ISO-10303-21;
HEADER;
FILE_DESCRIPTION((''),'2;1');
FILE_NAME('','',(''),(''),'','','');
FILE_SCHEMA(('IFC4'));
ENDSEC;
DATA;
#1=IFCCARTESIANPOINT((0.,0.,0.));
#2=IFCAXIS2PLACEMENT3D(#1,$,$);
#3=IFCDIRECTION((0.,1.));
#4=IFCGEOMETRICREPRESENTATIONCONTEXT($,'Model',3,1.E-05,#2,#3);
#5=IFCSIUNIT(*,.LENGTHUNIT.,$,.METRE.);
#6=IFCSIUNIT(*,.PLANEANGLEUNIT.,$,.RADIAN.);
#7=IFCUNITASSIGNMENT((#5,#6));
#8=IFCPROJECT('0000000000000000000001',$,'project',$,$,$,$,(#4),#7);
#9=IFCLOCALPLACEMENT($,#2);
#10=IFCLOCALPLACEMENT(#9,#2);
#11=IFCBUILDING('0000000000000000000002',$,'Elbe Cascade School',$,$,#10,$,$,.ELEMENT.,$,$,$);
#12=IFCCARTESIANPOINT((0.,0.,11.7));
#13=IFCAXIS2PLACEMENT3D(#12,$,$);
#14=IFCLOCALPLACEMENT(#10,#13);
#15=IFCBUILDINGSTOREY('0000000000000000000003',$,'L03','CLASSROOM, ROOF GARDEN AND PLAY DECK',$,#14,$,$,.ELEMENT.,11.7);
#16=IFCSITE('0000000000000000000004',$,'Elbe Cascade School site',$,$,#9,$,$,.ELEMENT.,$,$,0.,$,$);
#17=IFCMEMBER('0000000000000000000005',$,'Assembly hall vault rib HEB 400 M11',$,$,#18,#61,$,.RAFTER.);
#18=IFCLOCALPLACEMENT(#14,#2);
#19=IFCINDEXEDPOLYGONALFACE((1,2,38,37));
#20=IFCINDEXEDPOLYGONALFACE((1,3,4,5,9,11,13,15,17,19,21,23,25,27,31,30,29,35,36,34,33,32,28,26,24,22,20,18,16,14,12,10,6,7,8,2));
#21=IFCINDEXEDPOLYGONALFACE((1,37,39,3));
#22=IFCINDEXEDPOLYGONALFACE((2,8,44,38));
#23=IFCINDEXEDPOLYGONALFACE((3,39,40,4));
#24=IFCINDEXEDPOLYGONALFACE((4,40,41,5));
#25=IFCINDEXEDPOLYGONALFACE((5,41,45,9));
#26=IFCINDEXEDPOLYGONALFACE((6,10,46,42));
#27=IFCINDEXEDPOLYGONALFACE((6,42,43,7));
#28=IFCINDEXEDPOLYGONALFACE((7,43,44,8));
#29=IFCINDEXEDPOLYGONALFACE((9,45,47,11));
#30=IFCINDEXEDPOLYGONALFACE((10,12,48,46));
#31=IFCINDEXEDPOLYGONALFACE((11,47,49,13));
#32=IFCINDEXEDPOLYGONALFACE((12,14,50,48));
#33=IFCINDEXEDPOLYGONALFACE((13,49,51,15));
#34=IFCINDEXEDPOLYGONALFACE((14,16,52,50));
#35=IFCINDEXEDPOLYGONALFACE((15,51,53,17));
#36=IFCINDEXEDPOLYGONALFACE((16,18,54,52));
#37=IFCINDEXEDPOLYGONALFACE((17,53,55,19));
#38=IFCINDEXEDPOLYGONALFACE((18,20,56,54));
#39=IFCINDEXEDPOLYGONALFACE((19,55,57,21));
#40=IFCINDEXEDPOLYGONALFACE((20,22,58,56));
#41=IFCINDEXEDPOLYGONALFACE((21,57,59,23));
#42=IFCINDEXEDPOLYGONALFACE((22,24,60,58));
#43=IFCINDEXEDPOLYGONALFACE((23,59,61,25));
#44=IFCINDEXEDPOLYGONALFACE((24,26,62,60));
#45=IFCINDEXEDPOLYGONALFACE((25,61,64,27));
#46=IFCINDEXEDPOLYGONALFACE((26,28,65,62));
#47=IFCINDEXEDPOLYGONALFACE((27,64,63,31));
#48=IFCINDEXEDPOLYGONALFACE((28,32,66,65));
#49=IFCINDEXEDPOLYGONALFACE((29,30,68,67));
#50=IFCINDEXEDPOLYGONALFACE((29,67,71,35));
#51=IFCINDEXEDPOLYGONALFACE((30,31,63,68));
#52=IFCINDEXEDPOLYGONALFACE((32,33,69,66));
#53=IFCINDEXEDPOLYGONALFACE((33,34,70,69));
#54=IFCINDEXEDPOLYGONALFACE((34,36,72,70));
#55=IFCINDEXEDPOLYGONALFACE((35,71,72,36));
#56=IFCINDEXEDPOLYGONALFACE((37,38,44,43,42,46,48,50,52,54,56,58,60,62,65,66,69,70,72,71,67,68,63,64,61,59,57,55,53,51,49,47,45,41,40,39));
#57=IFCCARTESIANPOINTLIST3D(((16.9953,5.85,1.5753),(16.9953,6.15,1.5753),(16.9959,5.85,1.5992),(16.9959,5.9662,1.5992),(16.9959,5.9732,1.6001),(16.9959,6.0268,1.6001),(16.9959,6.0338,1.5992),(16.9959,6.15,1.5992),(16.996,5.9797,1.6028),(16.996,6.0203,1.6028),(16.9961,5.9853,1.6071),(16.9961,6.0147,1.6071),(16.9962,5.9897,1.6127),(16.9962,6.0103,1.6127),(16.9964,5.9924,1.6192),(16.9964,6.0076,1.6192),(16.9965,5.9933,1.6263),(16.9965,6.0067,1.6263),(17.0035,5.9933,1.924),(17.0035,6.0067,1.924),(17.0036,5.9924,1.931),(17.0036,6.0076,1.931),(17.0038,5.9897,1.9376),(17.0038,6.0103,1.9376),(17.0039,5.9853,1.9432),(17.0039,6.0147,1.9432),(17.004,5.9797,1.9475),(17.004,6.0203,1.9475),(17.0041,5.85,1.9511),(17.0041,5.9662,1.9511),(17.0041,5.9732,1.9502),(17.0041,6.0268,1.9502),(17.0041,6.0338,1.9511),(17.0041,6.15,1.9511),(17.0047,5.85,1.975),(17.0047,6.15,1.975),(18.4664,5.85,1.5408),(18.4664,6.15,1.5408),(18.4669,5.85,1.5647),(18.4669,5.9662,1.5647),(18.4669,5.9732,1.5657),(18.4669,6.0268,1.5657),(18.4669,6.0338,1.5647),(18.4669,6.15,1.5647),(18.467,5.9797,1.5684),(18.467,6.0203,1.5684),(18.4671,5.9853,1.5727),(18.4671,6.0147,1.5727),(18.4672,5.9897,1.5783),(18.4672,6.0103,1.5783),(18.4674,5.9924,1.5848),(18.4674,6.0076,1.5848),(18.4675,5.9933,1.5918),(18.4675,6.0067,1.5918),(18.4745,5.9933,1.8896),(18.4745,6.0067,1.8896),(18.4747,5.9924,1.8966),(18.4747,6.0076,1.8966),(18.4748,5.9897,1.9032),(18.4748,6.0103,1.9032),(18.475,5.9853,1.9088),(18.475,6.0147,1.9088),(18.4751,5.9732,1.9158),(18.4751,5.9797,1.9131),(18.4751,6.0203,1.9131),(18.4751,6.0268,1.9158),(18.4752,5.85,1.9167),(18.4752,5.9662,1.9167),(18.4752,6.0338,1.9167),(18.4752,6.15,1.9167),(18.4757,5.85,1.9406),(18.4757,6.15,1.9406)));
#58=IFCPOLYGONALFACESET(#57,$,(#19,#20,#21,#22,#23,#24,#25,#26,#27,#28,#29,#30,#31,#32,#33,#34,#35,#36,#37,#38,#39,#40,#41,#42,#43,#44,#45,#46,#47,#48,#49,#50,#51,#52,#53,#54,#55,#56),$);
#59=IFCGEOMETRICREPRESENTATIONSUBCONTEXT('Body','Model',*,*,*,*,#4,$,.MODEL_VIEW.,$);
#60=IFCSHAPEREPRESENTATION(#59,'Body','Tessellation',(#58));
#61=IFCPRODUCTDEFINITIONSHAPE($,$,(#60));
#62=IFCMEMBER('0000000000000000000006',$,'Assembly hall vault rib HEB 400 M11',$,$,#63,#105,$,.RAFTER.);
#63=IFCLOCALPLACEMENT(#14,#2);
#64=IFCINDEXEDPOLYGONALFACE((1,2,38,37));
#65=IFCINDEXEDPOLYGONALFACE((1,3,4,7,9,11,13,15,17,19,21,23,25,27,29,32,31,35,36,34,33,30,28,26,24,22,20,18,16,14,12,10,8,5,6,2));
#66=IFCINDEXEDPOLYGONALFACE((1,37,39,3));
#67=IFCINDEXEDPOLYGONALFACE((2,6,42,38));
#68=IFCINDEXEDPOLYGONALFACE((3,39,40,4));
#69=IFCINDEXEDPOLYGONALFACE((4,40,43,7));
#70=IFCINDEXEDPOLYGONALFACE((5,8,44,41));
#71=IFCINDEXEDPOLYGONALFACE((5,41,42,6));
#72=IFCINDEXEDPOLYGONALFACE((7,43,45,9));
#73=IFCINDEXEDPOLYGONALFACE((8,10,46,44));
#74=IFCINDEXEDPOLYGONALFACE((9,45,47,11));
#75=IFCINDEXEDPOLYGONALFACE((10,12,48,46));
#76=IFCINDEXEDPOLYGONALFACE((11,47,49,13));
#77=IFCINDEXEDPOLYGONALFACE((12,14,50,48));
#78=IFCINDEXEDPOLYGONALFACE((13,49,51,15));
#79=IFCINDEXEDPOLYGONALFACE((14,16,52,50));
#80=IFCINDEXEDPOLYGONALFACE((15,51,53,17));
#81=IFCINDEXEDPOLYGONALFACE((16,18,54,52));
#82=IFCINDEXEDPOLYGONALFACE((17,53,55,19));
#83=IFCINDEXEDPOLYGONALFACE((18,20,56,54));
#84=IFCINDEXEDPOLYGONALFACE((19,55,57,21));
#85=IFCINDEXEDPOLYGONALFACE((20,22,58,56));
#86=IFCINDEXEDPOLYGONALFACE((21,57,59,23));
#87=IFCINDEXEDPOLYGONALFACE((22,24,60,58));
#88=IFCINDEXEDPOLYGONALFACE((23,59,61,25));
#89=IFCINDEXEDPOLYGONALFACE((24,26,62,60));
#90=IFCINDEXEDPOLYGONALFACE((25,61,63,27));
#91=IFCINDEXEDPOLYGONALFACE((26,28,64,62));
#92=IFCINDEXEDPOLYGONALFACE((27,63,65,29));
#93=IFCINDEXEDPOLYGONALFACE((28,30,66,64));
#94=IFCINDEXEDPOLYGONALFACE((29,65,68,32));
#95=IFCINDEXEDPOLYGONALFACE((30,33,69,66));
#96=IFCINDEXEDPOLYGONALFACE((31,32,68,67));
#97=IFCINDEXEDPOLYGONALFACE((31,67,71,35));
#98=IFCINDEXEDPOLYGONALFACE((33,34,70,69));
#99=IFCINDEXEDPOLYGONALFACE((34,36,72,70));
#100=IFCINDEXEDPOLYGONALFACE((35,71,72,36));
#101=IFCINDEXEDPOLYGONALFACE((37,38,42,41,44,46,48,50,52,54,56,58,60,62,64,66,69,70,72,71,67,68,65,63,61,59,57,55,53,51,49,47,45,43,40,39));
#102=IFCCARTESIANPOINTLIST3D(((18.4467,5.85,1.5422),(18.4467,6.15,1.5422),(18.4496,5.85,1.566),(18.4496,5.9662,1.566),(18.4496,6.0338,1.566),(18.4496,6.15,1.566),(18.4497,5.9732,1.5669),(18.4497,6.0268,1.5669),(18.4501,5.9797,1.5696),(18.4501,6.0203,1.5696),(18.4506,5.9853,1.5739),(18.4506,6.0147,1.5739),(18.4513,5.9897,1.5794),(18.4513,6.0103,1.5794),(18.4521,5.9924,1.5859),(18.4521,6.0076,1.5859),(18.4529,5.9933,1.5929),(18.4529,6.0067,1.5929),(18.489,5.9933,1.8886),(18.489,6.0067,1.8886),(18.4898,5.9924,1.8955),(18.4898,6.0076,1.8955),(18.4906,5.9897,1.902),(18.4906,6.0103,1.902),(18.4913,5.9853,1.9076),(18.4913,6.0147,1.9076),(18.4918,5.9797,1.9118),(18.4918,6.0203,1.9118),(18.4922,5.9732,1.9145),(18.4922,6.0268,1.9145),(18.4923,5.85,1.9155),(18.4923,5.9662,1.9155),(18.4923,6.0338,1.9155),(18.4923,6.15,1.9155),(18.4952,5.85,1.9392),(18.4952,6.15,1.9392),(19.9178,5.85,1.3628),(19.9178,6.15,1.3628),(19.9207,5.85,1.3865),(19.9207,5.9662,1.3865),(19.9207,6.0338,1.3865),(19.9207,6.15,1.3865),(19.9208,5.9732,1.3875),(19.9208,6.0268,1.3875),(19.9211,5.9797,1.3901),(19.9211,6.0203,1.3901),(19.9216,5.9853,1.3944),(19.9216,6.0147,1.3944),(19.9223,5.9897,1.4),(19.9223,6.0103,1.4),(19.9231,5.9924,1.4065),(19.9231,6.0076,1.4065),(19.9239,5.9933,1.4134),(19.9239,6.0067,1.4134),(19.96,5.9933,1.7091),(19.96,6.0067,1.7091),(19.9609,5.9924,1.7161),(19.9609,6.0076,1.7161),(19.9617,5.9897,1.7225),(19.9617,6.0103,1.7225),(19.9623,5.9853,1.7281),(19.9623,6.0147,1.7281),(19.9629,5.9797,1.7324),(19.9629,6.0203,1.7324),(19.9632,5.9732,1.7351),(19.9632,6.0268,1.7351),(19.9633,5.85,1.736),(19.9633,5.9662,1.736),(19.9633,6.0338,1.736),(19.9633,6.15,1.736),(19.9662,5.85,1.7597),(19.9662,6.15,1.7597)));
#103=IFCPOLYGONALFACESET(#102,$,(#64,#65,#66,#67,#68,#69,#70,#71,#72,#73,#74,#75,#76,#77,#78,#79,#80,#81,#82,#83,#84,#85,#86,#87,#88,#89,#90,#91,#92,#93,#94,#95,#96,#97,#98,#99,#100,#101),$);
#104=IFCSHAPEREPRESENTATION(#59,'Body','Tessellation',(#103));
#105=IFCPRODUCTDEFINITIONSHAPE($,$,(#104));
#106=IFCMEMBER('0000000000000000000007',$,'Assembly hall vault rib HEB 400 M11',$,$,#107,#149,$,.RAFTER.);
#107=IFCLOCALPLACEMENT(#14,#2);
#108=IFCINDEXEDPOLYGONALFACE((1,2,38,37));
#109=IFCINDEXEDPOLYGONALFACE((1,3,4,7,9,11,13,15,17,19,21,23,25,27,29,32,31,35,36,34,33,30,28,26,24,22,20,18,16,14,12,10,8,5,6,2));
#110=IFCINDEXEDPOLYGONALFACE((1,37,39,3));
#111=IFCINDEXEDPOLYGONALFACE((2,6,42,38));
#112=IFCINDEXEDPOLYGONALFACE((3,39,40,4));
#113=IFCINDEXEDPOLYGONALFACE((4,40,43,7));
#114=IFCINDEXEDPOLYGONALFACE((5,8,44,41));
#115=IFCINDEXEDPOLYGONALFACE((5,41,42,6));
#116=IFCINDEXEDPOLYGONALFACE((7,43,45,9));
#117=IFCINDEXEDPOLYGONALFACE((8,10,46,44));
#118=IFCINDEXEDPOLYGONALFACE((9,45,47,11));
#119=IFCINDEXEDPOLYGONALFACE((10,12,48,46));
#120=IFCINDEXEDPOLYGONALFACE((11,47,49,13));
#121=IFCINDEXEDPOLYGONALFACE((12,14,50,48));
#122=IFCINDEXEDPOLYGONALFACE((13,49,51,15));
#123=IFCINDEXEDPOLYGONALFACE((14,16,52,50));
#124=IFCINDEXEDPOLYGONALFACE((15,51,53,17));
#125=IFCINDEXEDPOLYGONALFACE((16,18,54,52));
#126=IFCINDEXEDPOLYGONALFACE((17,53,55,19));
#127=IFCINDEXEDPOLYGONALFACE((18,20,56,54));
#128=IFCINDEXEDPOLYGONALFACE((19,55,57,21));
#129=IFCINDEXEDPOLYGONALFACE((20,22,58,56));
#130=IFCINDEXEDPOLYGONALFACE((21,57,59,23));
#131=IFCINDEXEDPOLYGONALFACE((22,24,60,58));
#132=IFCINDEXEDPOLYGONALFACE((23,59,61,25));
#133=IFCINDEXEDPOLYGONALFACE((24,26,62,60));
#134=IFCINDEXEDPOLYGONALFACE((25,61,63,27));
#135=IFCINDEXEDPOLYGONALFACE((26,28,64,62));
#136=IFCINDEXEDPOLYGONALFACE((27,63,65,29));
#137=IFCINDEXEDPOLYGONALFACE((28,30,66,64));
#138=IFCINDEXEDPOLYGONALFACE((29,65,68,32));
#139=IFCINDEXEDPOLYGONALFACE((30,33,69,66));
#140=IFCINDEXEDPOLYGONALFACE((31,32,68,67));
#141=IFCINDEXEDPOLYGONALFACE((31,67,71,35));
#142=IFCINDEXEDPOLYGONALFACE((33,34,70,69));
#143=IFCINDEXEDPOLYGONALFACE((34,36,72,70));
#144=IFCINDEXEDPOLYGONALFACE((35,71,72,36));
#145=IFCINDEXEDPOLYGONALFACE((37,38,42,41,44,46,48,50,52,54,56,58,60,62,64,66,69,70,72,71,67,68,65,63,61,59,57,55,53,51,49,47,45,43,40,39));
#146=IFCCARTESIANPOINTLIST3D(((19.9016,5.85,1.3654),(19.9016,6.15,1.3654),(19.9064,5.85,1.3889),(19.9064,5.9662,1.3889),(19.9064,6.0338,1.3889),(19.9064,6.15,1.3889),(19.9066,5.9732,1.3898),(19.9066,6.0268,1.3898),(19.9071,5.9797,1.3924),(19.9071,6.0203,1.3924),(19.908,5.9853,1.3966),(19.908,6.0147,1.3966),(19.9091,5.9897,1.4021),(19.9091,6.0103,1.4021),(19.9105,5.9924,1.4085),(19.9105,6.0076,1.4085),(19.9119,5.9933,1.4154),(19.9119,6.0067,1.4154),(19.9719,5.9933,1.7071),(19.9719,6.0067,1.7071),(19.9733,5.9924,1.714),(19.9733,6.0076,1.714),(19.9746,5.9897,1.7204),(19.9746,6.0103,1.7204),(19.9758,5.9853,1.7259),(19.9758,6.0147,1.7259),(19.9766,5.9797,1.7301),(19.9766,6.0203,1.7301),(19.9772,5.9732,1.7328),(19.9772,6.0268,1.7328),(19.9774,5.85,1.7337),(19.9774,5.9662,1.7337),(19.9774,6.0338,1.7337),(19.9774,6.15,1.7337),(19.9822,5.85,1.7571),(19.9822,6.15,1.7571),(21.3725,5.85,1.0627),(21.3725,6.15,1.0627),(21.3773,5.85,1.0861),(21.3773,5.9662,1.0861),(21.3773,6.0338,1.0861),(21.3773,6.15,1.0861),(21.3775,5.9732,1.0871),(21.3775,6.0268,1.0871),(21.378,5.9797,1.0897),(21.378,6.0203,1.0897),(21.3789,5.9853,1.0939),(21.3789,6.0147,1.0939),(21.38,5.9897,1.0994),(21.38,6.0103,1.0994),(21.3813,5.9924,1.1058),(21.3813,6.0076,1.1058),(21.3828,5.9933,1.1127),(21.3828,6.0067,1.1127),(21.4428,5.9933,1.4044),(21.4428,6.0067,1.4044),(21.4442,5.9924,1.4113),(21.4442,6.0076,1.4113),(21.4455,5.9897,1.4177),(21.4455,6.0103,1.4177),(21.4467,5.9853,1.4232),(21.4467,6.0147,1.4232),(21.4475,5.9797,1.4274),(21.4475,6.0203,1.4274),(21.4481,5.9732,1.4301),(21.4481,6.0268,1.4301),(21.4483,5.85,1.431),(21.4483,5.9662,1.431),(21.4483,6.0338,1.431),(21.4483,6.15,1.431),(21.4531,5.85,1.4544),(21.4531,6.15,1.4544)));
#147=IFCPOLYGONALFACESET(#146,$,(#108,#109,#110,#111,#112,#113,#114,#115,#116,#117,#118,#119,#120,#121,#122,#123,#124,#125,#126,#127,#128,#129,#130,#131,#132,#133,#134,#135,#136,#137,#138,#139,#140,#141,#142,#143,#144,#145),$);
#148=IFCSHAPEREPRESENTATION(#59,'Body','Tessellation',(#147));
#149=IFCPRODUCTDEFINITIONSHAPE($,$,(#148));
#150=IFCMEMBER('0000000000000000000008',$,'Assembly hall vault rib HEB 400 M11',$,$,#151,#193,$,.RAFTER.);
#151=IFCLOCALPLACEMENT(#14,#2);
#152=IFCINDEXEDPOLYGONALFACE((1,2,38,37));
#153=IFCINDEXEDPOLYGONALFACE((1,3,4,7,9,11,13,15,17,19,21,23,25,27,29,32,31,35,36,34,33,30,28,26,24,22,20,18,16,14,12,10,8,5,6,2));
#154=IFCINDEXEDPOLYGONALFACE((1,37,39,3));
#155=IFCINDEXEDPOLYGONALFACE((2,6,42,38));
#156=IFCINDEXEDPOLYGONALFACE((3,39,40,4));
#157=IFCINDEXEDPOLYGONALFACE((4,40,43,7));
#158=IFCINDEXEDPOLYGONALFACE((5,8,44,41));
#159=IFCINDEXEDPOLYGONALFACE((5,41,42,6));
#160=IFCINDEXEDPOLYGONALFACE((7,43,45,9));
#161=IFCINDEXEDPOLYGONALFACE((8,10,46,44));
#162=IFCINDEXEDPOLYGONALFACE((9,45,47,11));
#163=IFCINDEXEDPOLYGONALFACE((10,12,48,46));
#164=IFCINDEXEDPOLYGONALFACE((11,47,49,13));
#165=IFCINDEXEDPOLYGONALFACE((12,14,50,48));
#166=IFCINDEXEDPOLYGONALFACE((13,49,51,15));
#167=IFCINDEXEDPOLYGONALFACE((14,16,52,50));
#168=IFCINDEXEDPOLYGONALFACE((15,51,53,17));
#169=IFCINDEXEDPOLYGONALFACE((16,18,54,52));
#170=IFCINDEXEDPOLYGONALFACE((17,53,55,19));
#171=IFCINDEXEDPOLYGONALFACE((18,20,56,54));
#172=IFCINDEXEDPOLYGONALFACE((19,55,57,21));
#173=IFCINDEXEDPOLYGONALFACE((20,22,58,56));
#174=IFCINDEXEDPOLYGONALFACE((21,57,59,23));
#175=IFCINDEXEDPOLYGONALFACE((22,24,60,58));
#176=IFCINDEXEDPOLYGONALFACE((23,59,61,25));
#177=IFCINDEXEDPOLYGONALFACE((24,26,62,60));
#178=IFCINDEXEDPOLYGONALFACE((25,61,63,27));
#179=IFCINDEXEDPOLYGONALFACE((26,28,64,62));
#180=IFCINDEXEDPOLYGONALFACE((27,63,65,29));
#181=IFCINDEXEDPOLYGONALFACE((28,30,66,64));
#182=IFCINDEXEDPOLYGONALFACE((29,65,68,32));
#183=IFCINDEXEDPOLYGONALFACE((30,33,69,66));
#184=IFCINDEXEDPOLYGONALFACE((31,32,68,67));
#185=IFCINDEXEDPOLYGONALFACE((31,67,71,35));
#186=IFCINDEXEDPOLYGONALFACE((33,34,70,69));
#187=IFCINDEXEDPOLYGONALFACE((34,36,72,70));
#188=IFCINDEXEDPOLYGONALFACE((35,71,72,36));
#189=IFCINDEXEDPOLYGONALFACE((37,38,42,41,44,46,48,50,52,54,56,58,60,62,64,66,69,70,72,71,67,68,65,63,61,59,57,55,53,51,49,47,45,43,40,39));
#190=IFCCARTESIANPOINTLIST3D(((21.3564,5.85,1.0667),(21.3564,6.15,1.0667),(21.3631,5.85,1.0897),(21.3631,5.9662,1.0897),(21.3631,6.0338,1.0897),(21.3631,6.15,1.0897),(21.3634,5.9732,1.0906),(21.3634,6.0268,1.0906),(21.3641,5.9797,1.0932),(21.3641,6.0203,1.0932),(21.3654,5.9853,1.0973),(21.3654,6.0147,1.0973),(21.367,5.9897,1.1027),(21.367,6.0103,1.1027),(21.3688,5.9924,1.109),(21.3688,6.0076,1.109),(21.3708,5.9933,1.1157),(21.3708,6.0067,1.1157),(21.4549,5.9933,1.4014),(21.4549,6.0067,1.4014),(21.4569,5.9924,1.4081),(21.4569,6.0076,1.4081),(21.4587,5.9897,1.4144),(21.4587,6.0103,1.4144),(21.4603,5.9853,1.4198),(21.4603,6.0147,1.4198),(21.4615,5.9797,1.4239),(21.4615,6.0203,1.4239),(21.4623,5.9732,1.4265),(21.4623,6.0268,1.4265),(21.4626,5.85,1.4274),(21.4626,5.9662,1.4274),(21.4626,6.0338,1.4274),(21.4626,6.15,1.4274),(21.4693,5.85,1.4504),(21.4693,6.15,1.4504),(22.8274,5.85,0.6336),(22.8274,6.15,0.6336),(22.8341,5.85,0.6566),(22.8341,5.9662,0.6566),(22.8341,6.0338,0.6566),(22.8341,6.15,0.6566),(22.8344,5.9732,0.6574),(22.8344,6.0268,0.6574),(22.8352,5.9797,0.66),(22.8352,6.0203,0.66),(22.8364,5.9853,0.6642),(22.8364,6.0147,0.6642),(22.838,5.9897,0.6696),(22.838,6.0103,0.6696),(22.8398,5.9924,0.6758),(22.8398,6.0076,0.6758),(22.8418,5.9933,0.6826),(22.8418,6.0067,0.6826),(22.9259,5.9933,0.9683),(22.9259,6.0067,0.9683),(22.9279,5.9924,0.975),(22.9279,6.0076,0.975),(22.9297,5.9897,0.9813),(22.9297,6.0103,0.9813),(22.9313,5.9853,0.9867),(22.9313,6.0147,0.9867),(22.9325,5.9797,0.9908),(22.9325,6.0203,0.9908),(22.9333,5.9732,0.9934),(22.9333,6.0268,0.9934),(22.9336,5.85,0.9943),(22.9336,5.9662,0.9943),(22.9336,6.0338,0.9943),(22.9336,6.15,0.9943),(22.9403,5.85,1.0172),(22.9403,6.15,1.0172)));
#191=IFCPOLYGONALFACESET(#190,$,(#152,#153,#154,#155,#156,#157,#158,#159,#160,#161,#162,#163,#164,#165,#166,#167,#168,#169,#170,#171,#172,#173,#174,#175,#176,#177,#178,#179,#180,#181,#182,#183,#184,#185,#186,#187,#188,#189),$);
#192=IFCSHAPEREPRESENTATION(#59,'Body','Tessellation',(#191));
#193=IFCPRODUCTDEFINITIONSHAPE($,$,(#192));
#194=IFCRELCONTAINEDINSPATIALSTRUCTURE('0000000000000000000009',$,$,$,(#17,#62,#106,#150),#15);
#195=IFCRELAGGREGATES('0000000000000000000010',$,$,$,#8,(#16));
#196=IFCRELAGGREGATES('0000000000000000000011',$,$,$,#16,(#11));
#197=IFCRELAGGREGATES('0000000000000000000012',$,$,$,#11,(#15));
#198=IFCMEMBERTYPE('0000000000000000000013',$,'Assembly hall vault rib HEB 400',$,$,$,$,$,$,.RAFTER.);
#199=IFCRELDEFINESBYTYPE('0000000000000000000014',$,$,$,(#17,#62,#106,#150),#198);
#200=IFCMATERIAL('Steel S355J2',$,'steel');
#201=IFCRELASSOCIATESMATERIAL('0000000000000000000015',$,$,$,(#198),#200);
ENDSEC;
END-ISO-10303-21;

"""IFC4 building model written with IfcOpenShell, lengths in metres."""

from ifc_helpers import new_model, si_unit, direction, frame, origin, origin_2d, place, context, subcontext, project, spatial, i_section, extrude, material, material_profile, profile_set, type_object, element, save


model = new_model("IFC4")

# Units and contexts
model_context = context("Model", 3, precision=1e-05, world=origin(), true_north=direction((0.0, 1.0)))
body_context = subcontext(model_context, "Body", "Model", "MODEL_VIEW")
ifc_project = project(units=[si_unit("LENGTHUNIT", "METRE"), si_unit("PLANEANGLEUNIT", "RADIAN")], contexts=[model_context])

# Site, building, storey
site_placement = place(None, origin())
site = spatial("IfcSite", under=ifc_project, at=site_placement, Name="Elbe Cascade School site", CompositionType="ELEMENT", RefElevation=0.0)
building_placement = place(site_placement, origin())
building = spatial("IfcBuilding", under=site, at=building_placement, Name="Elbe Cascade School", CompositionType="ELEMENT")
storey_placement = place(building_placement, frame((0.0, 0.0, 11.7)))
storey = spatial("IfcBuildingStorey", under=building, at=storey_placement, Name="L03", Description="CLASSROOM, ROOF GARDEN AND PLAY DECK", CompositionType="ELEMENT", Elevation=11.7)

# Members
ifc_material_1 = material(Name="Steel S355J2", Category="steel")
ifc_material_profile_1 = material_profile(ifc_material_1, i_section(OverallWidth=0.3, OverallDepth=0.3999, WebThickness=0.0134, FlangeThickness=0.0239, FilletRadius=0.0271, at=origin_2d()), Name="HEB 400")
ifc_profile_set_1 = profile_set([ifc_material_profile_1], Name="Steel S355J2")
member_type_1 = type_object("IfcMemberType", Name="Assembly hall vault rib HEB 400", PredefinedType="RAFTER", material=ifc_profile_set_1)
for number, where, z_axis, x_axis, name in (
    (1, (17.0, 6.0, 1.7751), (0.999726, 0.0, -0.023396), (0.0, 1.0, 0.0), "Assembly hall vault rib HEB 400 M11"),
):
    element("IfcMember", number, at=place(storey_placement, frame(where, z_axis=z_axis, x_axis=x_axis)), inside=storey, type_object=member_type_1, Name=name, PredefinedType="RAFTER", context=body_context, shape_type="SweptSolid", body=[
        extrude(i_section(OverallWidth=0.3, OverallDepth=0.3999, WebThickness=0.0134, FlangeThickness=0.0239, FilletRadius=0.0271, at=origin_2d()), origin(), (0.0, 0.0, 1.0), 1.4714),
    ])
member_1_placement = place(storey_placement, frame((18.4709, 6.0, 1.7407), z_axis=(0.992641, 0.0, -0.121094), x_axis=(0.0, 1.0, 0.0)))
element("IfcMember", 2, at=member_1_placement, inside=storey, type_object=member_type_1, Name="Assembly hall vault rib HEB 400 M11", PredefinedType="RAFTER", context=body_context, shape_type="SweptSolid", body=[
    extrude(i_section(OverallWidth=0.3, OverallDepth=0.3999, WebThickness=0.0134, FlangeThickness=0.0239, FilletRadius=0.0271, at=origin_2d()), origin(), (0.0, 0.0, 1.0), 1.4819),
])
member_2_placement = place(storey_placement, frame((19.9419, 6.0, 1.5613), z_axis=(0.979471, 0.0, -0.201584), x_axis=(0.0, 1.0, 0.0)))
element("IfcMember", 3, at=member_2_placement, inside=storey, type_object=member_type_1, Name="Assembly hall vault rib HEB 400 M11", PredefinedType="RAFTER", context=body_context, shape_type="SweptSolid", body=[
    extrude(i_section(OverallWidth=0.3, OverallDepth=0.3999, WebThickness=0.0134, FlangeThickness=0.0239, FilletRadius=0.0271, at=origin_2d()), origin(), (0.0, 0.0, 1.0), 1.5017),
])
member_3_placement = place(storey_placement, frame((21.4128, 6.0, 1.2585), z_axis=(0.959282, 0.0, -0.282451), x_axis=(0.0, 1.0, 0.0)))
element("IfcMember", 4, at=member_3_placement, inside=storey, type_object=member_type_1, Name="Assembly hall vault rib HEB 400 M11", PredefinedType="RAFTER", context=body_context, shape_type="SweptSolid", body=[
    extrude(i_section(OverallWidth=0.3, OverallDepth=0.3999, WebThickness=0.0134, FlangeThickness=0.0239, FilletRadius=0.0271, at=origin_2d()), origin(), (0.0, 0.0, 1.0), 1.5334),
])

save(model, "model.ifc")
